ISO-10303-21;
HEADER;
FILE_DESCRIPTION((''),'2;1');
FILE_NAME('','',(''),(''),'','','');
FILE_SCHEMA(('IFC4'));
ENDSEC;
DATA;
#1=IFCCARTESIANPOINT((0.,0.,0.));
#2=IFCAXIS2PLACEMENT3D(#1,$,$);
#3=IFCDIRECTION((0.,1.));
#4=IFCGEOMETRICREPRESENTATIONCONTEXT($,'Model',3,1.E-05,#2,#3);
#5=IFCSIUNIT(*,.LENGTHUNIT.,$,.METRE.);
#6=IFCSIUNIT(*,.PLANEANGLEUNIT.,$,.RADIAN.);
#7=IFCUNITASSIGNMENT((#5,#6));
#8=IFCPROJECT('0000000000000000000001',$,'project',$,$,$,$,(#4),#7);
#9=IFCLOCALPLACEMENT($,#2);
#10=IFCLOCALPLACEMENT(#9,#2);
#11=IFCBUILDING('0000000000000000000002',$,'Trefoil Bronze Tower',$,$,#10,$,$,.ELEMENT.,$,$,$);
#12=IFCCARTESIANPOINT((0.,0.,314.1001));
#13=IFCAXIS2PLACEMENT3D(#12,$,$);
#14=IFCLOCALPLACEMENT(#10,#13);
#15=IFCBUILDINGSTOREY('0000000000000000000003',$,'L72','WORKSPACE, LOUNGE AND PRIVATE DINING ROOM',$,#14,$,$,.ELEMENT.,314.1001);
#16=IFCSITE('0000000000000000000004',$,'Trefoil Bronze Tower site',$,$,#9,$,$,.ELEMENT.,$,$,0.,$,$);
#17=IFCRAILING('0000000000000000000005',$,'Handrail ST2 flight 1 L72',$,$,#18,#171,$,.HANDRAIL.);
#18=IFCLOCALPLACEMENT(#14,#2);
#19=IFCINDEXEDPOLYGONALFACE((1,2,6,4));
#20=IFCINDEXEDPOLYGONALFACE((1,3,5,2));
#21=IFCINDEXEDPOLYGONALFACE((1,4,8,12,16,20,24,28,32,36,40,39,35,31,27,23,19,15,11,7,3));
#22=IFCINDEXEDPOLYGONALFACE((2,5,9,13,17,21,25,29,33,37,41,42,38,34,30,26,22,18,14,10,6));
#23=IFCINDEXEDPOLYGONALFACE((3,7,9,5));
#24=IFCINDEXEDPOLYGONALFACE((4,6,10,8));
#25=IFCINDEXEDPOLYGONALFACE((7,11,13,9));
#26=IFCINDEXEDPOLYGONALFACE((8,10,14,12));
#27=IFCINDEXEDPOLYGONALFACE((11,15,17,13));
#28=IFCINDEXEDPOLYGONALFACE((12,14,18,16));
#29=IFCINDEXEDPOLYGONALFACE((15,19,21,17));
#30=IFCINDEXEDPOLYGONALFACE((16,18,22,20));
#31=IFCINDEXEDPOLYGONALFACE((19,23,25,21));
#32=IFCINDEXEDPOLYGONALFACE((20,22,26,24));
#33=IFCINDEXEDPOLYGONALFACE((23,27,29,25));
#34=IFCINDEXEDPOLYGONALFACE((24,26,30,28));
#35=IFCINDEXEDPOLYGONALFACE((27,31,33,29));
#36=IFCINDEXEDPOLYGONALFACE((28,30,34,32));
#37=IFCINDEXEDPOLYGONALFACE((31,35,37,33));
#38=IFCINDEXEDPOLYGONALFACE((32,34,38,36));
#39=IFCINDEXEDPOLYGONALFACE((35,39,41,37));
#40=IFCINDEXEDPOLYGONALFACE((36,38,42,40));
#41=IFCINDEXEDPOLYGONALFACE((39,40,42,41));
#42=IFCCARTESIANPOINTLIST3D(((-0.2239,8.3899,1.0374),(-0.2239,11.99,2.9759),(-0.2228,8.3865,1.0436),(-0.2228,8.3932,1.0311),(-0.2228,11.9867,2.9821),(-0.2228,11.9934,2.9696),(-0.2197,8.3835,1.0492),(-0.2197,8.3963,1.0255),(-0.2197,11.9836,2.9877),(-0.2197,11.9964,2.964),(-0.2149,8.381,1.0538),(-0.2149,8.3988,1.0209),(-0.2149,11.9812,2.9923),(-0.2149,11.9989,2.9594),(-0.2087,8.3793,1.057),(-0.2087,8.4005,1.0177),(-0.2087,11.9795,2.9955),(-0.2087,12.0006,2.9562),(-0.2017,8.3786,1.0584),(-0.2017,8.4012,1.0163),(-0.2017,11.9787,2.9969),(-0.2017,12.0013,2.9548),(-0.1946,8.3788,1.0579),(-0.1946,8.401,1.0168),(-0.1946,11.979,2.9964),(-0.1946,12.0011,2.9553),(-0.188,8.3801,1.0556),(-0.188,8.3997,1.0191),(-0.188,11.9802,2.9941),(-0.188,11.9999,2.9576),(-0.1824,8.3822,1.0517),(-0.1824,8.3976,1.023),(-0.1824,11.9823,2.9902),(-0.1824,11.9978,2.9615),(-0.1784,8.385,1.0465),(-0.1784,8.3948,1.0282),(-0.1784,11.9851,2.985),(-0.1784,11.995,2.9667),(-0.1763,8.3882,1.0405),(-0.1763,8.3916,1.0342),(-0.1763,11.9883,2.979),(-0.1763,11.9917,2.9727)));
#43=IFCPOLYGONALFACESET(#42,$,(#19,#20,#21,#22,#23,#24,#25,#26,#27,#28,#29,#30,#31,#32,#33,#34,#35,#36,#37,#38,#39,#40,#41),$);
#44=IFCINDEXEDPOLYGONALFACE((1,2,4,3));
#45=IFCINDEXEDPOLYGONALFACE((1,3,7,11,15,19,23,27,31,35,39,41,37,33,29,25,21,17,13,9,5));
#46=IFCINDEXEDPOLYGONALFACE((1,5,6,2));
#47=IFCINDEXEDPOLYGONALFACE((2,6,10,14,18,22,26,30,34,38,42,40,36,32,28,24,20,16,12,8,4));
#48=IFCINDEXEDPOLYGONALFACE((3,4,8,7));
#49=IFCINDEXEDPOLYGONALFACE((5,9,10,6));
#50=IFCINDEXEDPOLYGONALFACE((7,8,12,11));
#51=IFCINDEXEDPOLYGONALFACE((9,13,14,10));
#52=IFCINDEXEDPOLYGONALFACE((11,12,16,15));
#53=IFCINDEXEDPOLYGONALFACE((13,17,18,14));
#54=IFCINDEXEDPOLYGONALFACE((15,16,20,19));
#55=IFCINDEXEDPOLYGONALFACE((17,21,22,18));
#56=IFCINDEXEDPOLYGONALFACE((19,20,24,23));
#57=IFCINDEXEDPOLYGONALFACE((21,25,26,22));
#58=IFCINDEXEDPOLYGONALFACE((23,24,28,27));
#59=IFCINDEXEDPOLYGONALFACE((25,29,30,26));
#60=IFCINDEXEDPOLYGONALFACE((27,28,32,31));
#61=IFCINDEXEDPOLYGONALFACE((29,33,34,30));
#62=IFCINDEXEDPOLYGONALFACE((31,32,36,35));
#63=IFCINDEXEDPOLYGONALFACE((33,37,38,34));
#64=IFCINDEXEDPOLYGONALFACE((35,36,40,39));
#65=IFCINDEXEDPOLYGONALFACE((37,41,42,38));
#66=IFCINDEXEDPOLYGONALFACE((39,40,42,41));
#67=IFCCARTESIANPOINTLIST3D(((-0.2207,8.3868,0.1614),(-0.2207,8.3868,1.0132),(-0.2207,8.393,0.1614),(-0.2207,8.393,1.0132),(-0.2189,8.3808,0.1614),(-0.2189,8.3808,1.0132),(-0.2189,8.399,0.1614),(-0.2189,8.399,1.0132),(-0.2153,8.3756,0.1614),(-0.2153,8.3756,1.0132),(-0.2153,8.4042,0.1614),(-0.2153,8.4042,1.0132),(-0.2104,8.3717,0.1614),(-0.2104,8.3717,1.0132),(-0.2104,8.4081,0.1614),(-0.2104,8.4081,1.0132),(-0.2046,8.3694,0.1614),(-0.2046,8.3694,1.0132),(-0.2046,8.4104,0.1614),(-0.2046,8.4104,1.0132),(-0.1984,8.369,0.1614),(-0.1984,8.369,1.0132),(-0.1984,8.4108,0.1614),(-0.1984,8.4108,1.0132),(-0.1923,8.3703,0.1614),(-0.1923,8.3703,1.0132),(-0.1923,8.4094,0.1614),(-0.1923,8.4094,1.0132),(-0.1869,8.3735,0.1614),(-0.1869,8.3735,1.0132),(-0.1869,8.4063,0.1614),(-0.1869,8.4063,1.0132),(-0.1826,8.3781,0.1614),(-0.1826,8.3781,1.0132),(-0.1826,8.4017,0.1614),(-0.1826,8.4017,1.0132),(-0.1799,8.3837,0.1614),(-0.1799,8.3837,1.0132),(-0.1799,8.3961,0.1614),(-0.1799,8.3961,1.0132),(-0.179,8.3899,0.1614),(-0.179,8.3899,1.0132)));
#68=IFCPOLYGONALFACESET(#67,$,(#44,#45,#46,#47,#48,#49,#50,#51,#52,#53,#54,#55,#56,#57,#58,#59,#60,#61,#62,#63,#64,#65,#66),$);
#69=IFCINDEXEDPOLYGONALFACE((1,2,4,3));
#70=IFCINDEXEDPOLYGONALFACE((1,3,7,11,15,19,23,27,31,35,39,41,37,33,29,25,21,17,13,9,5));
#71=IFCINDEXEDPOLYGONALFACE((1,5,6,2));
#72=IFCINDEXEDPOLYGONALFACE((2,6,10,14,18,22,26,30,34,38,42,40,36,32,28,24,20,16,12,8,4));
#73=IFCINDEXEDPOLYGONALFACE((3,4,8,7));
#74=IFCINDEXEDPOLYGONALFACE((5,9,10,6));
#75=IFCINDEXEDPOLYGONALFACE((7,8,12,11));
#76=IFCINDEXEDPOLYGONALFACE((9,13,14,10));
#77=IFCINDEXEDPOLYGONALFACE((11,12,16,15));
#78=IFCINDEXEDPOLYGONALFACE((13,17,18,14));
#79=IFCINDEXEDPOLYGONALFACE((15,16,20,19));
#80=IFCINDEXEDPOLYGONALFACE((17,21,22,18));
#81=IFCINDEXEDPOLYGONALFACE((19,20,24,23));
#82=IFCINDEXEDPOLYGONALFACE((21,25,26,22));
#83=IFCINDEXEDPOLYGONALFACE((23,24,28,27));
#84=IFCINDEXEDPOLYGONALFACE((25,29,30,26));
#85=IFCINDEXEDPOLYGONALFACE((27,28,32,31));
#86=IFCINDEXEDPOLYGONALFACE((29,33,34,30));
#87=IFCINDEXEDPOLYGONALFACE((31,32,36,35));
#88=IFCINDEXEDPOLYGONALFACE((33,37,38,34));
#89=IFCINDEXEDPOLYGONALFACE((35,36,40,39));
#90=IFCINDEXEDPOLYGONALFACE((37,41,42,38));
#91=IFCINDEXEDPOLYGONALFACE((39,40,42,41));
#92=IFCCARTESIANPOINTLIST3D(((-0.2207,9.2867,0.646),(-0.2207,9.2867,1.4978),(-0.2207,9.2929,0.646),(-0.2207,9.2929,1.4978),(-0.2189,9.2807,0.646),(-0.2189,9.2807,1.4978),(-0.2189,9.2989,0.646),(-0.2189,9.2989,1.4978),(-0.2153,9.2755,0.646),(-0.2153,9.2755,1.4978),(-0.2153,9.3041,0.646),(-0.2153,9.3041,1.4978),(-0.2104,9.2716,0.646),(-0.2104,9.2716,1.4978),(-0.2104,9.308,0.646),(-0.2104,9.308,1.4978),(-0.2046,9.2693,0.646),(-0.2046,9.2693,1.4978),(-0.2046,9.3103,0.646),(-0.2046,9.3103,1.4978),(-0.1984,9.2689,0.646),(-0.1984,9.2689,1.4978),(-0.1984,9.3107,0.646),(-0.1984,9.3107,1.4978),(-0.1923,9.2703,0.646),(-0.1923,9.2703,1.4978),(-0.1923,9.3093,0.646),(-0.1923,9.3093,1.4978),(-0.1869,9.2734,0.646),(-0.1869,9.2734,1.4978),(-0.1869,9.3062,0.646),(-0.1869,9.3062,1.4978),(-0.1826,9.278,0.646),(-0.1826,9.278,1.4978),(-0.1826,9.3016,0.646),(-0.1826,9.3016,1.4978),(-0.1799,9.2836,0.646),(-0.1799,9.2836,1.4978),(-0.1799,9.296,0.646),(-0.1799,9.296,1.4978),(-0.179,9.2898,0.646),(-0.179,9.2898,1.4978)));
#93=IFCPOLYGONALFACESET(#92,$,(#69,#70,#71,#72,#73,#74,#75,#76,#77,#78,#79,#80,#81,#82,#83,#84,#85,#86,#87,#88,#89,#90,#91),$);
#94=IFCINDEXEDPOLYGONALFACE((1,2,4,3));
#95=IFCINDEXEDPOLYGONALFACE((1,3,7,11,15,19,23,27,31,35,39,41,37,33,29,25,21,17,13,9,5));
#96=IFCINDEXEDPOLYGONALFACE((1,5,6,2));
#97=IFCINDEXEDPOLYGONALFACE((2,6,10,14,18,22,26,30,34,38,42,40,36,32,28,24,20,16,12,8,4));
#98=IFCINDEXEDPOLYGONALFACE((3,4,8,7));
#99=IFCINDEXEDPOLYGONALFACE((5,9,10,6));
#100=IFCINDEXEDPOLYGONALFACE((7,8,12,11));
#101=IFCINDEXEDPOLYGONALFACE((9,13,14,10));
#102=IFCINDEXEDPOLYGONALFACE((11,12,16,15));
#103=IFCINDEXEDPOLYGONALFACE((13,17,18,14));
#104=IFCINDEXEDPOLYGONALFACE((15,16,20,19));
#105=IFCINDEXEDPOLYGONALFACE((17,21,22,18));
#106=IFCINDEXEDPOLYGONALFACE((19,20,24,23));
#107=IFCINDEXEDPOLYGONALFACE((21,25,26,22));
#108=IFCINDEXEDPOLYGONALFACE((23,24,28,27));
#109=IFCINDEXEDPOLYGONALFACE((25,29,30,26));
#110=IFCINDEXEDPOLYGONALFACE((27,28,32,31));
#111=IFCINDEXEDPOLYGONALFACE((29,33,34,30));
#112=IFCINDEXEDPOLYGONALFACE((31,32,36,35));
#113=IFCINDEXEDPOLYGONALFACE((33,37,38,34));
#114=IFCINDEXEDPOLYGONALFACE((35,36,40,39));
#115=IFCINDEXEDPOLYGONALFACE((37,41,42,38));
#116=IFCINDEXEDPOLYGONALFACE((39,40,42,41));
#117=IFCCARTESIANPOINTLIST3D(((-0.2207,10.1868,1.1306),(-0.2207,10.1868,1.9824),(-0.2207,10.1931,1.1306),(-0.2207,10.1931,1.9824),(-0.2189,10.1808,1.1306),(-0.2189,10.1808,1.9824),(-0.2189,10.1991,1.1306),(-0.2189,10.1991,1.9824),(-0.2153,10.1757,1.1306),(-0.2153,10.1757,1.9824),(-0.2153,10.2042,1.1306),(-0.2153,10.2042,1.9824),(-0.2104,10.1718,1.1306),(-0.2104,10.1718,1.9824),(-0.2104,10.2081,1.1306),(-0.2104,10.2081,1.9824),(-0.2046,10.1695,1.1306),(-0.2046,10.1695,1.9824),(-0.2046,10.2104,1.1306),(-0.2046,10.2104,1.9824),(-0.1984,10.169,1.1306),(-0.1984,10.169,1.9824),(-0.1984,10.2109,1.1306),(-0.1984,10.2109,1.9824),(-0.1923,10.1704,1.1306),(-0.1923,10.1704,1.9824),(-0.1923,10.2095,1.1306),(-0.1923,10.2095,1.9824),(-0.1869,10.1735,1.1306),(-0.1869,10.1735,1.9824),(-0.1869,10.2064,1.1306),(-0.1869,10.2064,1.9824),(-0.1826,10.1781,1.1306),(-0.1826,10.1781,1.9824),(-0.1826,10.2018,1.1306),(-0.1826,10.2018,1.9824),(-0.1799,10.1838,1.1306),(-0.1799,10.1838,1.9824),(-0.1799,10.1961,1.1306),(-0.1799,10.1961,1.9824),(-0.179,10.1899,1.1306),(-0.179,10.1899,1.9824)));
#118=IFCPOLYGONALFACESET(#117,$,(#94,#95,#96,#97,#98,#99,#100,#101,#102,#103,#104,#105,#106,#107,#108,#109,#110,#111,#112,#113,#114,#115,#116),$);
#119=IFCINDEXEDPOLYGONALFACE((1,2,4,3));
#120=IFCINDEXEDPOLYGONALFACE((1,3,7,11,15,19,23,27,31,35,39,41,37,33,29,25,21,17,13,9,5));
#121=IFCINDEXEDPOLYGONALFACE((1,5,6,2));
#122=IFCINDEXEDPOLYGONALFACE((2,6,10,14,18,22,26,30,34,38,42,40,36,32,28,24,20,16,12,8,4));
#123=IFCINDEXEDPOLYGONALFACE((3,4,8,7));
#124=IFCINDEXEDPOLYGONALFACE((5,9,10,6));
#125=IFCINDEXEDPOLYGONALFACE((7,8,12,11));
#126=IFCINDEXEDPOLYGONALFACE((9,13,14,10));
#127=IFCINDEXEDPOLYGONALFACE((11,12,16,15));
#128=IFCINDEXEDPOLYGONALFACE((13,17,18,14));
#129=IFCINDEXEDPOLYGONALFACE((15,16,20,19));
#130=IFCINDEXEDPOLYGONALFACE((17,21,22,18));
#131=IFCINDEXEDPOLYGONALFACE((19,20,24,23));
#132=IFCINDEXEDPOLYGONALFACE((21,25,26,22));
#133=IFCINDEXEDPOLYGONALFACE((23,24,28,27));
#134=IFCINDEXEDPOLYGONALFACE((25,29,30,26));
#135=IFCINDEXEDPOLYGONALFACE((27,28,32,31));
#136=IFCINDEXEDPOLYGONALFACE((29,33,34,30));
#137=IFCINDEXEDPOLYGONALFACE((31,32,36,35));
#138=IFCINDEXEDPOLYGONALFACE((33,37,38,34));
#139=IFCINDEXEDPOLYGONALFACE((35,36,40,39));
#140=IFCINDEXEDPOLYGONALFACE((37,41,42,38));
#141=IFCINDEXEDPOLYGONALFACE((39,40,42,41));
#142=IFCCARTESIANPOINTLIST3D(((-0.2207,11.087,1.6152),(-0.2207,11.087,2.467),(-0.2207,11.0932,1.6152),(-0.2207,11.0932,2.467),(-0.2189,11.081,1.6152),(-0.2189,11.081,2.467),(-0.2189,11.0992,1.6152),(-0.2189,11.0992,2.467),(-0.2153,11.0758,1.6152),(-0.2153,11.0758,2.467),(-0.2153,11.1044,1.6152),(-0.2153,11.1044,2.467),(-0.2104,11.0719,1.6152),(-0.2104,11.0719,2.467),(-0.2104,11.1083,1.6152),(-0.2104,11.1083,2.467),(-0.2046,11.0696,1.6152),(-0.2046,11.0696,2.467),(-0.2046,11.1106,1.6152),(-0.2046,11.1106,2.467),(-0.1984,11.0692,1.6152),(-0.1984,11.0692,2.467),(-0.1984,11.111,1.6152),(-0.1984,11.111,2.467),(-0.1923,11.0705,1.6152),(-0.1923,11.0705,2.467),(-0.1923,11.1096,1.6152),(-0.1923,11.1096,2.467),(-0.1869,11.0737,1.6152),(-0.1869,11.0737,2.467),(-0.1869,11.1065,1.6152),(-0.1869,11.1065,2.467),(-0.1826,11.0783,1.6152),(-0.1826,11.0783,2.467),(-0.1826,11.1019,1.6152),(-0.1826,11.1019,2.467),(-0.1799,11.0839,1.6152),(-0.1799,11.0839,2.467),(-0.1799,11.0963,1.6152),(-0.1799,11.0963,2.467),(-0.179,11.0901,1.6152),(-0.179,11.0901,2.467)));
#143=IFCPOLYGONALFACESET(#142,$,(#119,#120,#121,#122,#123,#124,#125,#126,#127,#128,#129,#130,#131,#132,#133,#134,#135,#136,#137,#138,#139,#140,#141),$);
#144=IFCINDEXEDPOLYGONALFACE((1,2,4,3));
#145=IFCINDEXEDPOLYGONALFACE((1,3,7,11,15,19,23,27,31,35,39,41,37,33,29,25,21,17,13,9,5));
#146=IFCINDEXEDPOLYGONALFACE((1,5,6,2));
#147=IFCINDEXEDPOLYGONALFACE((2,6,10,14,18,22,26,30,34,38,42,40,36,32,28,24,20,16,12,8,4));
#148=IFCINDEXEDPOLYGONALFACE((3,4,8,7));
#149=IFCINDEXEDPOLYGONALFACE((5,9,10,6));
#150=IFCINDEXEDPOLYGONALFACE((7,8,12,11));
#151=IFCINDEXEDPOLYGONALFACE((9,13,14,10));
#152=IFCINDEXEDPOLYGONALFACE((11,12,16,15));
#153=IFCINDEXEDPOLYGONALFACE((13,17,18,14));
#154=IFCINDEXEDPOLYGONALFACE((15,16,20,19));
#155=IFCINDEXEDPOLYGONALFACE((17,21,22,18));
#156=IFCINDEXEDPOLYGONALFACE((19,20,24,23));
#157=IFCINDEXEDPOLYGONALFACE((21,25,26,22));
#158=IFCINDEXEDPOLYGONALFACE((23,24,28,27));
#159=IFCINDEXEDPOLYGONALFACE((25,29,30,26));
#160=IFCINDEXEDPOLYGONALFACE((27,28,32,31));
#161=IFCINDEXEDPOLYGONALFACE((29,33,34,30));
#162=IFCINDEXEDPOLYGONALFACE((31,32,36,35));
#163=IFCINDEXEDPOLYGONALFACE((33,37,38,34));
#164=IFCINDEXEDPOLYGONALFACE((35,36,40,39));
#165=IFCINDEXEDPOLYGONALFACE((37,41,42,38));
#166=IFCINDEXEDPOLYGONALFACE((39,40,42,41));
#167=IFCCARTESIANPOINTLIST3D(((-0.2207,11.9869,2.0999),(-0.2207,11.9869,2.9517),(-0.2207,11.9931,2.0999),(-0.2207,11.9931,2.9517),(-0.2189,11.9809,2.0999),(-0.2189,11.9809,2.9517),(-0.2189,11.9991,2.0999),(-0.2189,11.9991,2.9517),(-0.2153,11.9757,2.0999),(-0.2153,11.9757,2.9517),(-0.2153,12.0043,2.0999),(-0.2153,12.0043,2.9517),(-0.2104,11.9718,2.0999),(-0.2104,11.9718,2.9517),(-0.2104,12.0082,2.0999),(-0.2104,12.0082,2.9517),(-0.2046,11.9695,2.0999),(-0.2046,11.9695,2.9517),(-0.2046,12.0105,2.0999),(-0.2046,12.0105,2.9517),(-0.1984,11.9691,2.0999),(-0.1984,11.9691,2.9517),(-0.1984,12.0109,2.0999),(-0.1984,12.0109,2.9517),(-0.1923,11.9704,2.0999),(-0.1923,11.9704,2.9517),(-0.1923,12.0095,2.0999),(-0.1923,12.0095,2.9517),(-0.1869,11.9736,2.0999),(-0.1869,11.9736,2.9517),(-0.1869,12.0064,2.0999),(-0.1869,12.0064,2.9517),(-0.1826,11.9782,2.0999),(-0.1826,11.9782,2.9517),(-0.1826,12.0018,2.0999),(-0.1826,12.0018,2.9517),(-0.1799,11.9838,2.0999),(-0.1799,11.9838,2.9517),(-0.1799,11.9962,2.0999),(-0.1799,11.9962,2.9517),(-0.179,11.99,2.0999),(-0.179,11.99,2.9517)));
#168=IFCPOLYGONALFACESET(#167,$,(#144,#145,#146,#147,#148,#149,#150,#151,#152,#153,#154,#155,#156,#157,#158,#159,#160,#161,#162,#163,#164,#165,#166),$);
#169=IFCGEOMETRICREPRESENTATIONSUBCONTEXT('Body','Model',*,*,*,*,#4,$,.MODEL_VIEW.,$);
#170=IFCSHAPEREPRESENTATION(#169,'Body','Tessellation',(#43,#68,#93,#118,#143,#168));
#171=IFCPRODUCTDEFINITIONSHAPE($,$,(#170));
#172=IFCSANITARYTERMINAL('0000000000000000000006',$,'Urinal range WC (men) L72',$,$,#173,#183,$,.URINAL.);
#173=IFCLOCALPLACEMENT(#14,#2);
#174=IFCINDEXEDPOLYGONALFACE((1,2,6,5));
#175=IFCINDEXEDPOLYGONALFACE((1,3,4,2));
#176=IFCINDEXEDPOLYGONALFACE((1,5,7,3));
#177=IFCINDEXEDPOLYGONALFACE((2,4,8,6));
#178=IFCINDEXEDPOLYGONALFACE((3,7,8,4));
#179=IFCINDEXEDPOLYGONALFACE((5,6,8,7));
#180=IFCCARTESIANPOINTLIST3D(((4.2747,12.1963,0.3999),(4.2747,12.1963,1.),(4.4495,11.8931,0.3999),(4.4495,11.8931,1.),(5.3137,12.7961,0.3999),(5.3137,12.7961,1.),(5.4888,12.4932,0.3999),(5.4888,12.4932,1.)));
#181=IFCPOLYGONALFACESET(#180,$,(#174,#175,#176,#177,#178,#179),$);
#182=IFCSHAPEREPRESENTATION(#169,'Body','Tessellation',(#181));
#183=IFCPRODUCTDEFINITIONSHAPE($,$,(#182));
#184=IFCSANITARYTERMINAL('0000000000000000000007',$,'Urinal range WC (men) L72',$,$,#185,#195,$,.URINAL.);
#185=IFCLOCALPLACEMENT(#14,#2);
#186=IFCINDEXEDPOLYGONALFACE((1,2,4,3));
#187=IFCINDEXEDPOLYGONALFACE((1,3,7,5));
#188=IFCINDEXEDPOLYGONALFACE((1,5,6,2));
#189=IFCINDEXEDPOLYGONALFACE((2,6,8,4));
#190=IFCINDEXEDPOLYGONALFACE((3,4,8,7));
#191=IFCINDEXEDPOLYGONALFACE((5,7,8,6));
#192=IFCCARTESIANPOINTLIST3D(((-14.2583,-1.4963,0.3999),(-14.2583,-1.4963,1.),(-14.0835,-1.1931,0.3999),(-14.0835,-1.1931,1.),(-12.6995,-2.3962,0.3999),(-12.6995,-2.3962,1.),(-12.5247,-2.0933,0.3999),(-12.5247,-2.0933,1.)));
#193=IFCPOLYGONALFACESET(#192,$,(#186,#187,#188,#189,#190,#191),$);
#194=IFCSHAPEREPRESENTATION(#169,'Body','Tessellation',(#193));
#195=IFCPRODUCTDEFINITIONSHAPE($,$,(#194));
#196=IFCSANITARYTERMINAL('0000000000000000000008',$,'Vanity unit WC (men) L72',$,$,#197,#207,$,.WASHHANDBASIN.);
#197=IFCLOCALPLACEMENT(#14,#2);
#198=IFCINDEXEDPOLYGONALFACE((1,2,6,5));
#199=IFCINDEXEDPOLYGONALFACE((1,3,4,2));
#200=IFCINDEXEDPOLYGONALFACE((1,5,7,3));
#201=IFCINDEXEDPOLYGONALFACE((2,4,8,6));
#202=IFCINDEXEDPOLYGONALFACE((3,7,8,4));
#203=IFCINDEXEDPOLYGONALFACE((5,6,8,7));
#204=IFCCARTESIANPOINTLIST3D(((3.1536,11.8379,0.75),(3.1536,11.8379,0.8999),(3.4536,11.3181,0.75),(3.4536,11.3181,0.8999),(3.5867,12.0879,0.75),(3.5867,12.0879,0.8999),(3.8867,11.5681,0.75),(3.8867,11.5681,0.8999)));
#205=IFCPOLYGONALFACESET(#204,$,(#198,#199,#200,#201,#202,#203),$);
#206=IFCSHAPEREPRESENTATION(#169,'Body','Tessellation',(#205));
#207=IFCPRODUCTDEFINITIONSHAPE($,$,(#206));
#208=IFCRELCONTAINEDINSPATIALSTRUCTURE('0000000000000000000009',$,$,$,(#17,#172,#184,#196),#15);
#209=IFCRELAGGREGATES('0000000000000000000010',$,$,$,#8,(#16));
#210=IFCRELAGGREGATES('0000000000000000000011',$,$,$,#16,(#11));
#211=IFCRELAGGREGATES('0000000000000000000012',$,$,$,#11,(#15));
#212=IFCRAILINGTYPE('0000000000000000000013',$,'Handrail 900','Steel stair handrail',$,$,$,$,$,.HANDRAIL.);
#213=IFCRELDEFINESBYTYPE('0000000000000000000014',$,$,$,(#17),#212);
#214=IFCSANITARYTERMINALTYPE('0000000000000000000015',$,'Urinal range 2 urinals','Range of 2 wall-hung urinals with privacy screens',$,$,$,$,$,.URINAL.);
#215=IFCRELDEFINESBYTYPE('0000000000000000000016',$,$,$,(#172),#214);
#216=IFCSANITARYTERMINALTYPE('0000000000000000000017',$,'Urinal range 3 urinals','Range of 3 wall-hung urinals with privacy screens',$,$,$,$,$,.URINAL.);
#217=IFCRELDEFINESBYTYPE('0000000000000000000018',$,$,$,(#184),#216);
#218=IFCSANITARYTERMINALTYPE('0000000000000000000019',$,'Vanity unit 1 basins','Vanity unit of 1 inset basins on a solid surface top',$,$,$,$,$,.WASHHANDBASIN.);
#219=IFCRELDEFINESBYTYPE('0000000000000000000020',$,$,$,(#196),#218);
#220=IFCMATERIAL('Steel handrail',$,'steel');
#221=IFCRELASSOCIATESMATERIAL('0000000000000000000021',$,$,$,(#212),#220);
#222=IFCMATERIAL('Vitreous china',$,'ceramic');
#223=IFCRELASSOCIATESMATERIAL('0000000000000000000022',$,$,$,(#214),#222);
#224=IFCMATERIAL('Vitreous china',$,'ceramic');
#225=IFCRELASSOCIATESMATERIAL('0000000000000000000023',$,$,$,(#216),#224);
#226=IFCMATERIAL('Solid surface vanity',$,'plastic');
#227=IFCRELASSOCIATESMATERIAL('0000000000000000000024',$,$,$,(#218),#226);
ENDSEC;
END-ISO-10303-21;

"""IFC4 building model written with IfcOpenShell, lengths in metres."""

from ifc_helpers import new_model, si_unit, direction, frame, origin, origin_2d, place, context, subcontext, project, spatial, polyline, circle, outline, extrude, material, type_object, element, save


model = new_model("IFC4")

# Units and contexts
model_context = context("Model", 3, precision=1e-05, world=origin(), true_north=direction((0.0, 1.0)))
body_context = subcontext(model_context, "Body", "Model", "MODEL_VIEW")
ifc_project = project(units=[si_unit("LENGTHUNIT", "METRE"), si_unit("PLANEANGLEUNIT", "RADIAN")], contexts=[model_context])

# Site, building, storey
site_placement = place(None, origin())
site = spatial("IfcSite", under=ifc_project, at=site_placement, Name="Trefoil Bronze Tower site", CompositionType="ELEMENT", RefElevation=0.0)
building_placement = place(site_placement, origin())
building = spatial("IfcBuilding", under=site, at=building_placement, Name="Trefoil Bronze Tower", CompositionType="ELEMENT")
storey_placement = place(building_placement, frame((0.0, 0.0, 314.1001)))
storey = spatial("IfcBuildingStorey", under=building, at=storey_placement, Name="L72", Description="WORKSPACE, LOUNGE AND PRIVATE DINING ROOM", CompositionType="ELEMENT", Elevation=314.1001)

# Railing
ifc_material_1 = material(Name="Steel handrail", Category="steel")
railing_type = type_object("IfcRailingType", Name="Handrail 900", Description="Steel stair handrail", PredefinedType="HANDRAIL", material=ifc_material_1)
railing_placement = place(storey_placement, frame((-0.2, 8.3899, 0.1614)))
element("IfcRailing", 1, at=railing_placement, inside=storey, type_object=railing_type, Name="Handrail ST2 flight 1 L72", PredefinedType="HANDRAIL", context=body_context, shape_type="SweptSolid", body=[
    extrude(circle(Radius=0.0239, at=origin_2d()), frame((0.0, 0.0, 0.876), z_axis=(0.0, 0.880475, 0.474093), x_axis=(-1.0, 0.0, 0.0)), (0.0, 0.0, 1.0), 4.0889),
    extrude(circle(Radius=0.021, at=origin_2d()), origin(), (0.0, 0.0, 1.0), 0.8518),
    extrude(circle(Radius=0.021, at=origin_2d()), frame((0.0, 0.8999, 0.4846)), (0.0, 0.0, 1.0), 0.8518),
    extrude(circle(Radius=0.021, at=origin_2d()), frame((0.0, 1.8, 0.9692)), (0.0, 0.0, 1.0), 0.8518),
    extrude(circle(Radius=0.021, at=origin_2d()), frame((0.0, 2.7002, 1.4539)), (0.0, 0.0, 1.0), 0.8518),
    extrude(circle(Radius=0.021, at=origin_2d()), frame((0.0, 3.6001, 1.9385)), (0.0, 0.0, 1.0), 0.8518),
])

# Sanitary terminals
ifc_material_2 = material(Name="Vitreous china", Category="ceramic")
sanitary_terminal_type_1 = type_object("IfcSanitaryTerminalType", Name="Urinal range 2 urinals", Description="Range of 2 wall-hung urinals with privacy screens", PredefinedType="URINAL", material=ifc_material_2)
sanitary_terminal_1_placement = place(storey_placement, frame((0.0, 0.0, 0.3999)))
element("IfcSanitaryTerminal", 2, at=sanitary_terminal_1_placement, inside=storey, type_object=sanitary_terminal_type_1, Name="Urinal range WC (men) L72", PredefinedType="URINAL", context=body_context, shape_type="SweptSolid", body=[
    extrude(outline(polyline([(4.4495, 11.8931), (4.2747, 12.1963), (5.3137, 12.7961), (5.4888, 12.4932), (4.4495, 11.8931)])), origin(), (0.0, 0.0, 1.0), 0.6001),
])
ifc_material_3 = material(Name="Vitreous china", Category="ceramic")
sanitary_terminal_type_2 = type_object("IfcSanitaryTerminalType", Name="Urinal range 3 urinals", Description="Range of 3 wall-hung urinals with privacy screens", PredefinedType="URINAL", material=ifc_material_3)
sanitary_terminal_2_placement = place(storey_placement, frame((0.0, 0.0, 0.3999)))
element("IfcSanitaryTerminal", 3, at=sanitary_terminal_2_placement, inside=storey, type_object=sanitary_terminal_type_2, Name="Urinal range WC (men) L72", PredefinedType="URINAL", context=body_context, shape_type="SweptSolid", body=[
    extrude(outline(polyline([(-12.5247, -2.0933), (-12.6995, -2.3962), (-14.2583, -1.4963), (-14.0835, -1.1931), (-12.5247, -2.0933)])), origin(), (0.0, 0.0, 1.0), 0.6001),
])
ifc_material_4 = material(Name="Solid surface vanity", Category="plastic")
sanitary_terminal_type_3 = type_object("IfcSanitaryTerminalType", Name="Vanity unit 1 basins", Description="Vanity unit of 1 inset basins on a solid surface top", PredefinedType="WASHHANDBASIN", material=ifc_material_4)
sanitary_terminal_3_placement = place(storey_placement, frame((0.0, 0.0, 0.75)))
element("IfcSanitaryTerminal", 4, at=sanitary_terminal_3_placement, inside=storey, type_object=sanitary_terminal_type_3, Name="Vanity unit WC (men) L72", PredefinedType="WASHHANDBASIN", context=body_context, shape_type="SweptSolid", body=[
    extrude(outline(polyline([(3.4536, 11.3181), (3.1536, 11.8379), (3.5867, 12.0879), (3.8867, 11.5681), (3.4536, 11.3181)])), origin(), (0.0, 0.0, 1.0), 0.1499),
])

save(model, "model.ifc")
